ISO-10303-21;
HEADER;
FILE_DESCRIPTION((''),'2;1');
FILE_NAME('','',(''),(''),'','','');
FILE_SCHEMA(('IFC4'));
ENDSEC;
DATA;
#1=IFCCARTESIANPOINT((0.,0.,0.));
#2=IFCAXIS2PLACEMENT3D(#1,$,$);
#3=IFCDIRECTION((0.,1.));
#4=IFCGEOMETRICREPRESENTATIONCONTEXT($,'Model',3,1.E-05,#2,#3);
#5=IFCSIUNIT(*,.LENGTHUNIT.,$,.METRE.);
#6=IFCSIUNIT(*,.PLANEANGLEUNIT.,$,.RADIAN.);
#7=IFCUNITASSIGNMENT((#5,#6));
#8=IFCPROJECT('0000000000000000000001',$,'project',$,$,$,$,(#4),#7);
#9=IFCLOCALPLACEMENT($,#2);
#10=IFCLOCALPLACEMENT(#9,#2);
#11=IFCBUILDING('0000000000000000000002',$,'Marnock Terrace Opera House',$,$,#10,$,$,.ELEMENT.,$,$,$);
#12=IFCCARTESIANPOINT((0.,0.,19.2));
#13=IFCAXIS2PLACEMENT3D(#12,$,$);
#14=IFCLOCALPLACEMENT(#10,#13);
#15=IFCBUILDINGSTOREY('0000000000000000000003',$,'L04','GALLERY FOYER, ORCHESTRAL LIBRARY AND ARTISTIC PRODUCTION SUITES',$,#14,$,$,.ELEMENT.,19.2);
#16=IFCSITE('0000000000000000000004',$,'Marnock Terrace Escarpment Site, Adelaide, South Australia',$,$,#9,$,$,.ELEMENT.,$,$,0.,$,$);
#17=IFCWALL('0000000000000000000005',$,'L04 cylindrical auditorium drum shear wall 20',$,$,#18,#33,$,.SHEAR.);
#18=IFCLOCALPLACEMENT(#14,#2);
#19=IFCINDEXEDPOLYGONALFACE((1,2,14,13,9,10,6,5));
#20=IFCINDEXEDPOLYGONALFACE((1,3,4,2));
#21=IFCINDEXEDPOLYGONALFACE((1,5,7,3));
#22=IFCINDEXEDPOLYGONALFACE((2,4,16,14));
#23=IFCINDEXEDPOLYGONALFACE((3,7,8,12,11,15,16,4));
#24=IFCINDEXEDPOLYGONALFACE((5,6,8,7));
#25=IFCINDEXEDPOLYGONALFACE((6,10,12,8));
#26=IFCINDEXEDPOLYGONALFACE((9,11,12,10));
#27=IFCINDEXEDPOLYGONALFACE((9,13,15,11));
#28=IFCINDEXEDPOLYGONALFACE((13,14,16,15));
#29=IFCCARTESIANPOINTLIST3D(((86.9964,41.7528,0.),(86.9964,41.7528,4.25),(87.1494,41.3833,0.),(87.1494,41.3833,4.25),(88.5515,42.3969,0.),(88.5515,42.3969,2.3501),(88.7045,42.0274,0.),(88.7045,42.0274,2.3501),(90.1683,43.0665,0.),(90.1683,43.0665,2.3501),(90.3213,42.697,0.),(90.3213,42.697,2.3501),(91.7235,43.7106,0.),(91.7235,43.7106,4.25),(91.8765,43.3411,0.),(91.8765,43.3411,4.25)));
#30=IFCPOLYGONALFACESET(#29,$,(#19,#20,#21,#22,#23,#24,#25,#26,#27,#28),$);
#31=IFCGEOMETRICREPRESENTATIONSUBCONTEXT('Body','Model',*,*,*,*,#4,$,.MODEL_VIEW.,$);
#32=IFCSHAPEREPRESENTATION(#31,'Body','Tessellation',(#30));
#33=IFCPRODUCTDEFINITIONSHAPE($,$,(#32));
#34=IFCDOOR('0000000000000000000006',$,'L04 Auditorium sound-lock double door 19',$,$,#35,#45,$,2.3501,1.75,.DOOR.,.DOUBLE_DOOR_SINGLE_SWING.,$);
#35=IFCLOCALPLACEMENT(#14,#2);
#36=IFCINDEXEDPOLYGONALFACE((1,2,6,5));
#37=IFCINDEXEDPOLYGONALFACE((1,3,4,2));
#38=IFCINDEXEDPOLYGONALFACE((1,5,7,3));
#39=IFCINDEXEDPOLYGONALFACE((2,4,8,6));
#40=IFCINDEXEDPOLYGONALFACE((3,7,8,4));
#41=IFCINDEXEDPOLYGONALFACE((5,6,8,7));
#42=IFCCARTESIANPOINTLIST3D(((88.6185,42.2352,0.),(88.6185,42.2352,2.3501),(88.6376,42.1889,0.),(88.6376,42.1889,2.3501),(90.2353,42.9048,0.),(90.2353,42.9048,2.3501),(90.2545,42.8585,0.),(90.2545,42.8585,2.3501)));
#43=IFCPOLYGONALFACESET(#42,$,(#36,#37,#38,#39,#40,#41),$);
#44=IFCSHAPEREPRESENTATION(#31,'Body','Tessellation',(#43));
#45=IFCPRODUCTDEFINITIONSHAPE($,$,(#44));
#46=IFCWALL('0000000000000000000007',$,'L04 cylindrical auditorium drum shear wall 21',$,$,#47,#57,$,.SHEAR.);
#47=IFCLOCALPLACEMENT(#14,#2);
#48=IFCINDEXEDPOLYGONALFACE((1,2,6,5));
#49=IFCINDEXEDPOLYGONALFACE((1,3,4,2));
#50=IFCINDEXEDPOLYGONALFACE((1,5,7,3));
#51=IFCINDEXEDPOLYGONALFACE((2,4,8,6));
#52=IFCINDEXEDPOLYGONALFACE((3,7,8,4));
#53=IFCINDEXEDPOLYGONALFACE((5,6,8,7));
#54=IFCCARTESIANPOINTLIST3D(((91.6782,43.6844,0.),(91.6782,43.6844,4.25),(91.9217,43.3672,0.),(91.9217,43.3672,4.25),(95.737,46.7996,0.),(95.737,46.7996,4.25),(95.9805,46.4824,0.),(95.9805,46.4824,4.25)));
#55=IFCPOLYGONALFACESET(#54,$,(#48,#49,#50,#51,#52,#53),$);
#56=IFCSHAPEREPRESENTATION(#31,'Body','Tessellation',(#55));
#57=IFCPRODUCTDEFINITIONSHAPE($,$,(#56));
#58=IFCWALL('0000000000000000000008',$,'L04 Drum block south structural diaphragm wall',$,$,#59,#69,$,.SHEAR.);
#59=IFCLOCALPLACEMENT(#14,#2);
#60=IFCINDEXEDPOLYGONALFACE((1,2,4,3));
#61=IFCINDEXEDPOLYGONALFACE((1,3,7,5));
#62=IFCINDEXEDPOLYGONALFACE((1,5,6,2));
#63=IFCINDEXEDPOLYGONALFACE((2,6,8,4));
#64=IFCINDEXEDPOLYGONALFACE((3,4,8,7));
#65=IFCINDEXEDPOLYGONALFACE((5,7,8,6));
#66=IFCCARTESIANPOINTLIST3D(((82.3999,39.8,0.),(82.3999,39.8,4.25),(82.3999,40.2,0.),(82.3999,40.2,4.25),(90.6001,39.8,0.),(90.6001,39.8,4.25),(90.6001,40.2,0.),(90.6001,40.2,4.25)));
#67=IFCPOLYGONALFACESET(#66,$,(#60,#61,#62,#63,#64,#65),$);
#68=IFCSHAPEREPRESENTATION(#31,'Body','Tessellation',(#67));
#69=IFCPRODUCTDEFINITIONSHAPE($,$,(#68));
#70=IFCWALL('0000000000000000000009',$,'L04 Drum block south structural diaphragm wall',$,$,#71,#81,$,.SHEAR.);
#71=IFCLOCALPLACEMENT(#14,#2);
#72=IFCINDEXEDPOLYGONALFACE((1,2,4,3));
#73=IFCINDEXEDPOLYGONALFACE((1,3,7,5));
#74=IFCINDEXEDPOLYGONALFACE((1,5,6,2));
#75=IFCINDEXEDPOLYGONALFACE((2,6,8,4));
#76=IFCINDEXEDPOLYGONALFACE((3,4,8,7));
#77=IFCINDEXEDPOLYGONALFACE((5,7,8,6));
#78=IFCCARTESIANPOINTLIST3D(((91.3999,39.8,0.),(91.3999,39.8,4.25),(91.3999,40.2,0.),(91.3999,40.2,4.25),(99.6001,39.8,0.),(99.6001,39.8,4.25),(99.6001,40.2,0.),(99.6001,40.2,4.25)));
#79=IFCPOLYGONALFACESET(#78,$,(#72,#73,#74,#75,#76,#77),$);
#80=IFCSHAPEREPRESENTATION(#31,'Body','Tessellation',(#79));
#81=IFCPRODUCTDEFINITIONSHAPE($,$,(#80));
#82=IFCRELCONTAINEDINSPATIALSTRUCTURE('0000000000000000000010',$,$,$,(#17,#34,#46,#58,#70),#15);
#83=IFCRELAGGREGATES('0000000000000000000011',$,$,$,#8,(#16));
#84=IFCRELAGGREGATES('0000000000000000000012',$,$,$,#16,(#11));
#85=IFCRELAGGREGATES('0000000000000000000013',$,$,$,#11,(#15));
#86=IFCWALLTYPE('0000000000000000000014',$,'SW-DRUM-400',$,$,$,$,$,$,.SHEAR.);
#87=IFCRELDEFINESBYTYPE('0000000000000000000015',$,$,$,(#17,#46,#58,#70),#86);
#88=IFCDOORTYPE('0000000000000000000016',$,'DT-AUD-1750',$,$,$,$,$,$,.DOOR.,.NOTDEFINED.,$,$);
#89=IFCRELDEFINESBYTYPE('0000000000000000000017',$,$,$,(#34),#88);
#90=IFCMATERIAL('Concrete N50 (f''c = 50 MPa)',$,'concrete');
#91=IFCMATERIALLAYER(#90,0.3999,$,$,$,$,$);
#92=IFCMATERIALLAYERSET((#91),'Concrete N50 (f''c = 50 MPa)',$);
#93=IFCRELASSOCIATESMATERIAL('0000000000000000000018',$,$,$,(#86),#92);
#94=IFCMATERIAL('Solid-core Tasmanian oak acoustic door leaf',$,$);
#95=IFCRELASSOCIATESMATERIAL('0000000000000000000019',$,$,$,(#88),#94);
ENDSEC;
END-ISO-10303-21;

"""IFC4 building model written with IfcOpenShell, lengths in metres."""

from ifc_helpers import new_model, si_unit, direction, frame, frame_2d, origin, place, context, subcontext, project, spatial, rectangle, extrude, material, layer, layer_set, type_object, element, fill, save


model = new_model("IFC4")

# Units and contexts
model_context = context("Model", 3, precision=1e-05, world=origin(), true_north=direction((0.0, 1.0)))
body_context = subcontext(model_context, "Body", "Model", "MODEL_VIEW")
ifc_project = project(units=[si_unit("LENGTHUNIT", "METRE"), si_unit("PLANEANGLEUNIT", "RADIAN")], contexts=[model_context])

# Site, building, storey
site_placement = place(None, origin())
site = spatial("IfcSite", under=ifc_project, at=site_placement, Name="Marnock Terrace Escarpment Site, Adelaide, South Australia", CompositionType="ELEMENT", RefElevation=0.0)
building_placement = place(site_placement, origin())
building = spatial("IfcBuilding", under=site, at=building_placement, Name="Marnock Terrace Opera House", CompositionType="ELEMENT")
storey_placement = place(building_placement, frame((0.0, 0.0, 19.2)))
storey = spatial("IfcBuildingStorey", under=building, at=storey_placement, Name="L04", Description="GALLERY FOYER, ORCHESTRAL LIBRARY AND ARTISTIC PRODUCTION SUITES", CompositionType="ELEMENT", Elevation=19.2)

# Shared definitions
ifc_material_1 = material(Name="Concrete N50 (f'c = 50 MPa)", Category="concrete")

# Shared definitions
ifc_layer_1 = layer(ifc_material_1, 0.3999)
ifc_layer_set_1 = layer_set([ifc_layer_1], Name="Concrete N50 (f'c = 50 MPa)")
wall_type = type_object("IfcWallType", Name="SW-DRUM-400", PredefinedType="SHEAR", material=ifc_layer_set_1)

# Wall, opening, door
wall_1_placement = place(storey_placement, frame((87.073, 41.5681, 0.0), z_axis=(0.0, 0.0, 1.0), x_axis=(0.923896, 0.382643, 0.0)))
wall_1 = element("IfcWall", 1, at=wall_1_placement, inside=storey, type_object=wall_type, Name="L04 cylindrical auditorium drum shear wall 20", PredefinedType="SHEAR", context=body_context, shape_type="SweptSolid", body=[
    extrude(rectangle(XDim=5.1165, YDim=0.3999, at=frame_2d((2.5581, 0.0))), origin(), (0.0, 0.0, 1.0), 4.25),
])
opening_placement = place(wall_1_placement, frame((1.6831, 0.0, 0.0)))
opening = element("IfcOpeningElement", 2, at=opening_placement, cuts=wall_1, PredefinedType="OPENING", context=body_context, shape_type="SweptSolid", body=[
    extrude(rectangle(XDim=1.75, YDim=2.3501, at=frame_2d((0.875, 1.175))), frame((0.0, 0.21, 0.0), z_axis=(0.0, -1.0, 0.0), x_axis=(1.0, 0.0, 0.0)), (0.0, 0.0, 1.0), 0.4199),
])
ifc_material_2 = material(Name="Solid-core Tasmanian oak acoustic door leaf")
door_type = type_object("IfcDoorType", Name="DT-AUD-1750", OperationType="NOTDEFINED", PredefinedType="DOOR", material=ifc_material_2)
door_placement = place(opening_placement, origin())
door = element("IfcDoor", 3, at=door_placement, inside=storey, type_object=door_type, Name="L04 Auditorium sound-lock double door 19", OperationType="DOUBLE_DOOR_SINGLE_SWING", OverallHeight=2.3501, OverallWidth=1.75, PredefinedType="DOOR", context=body_context, shape_type="SweptSolid", body=[
    extrude(rectangle(XDim=1.75, YDim=2.3501, at=frame_2d((0.875, 1.175))), frame((0.0, 0.0249, 0.0), z_axis=(0.0, -1.0, 0.0), x_axis=(1.0, 0.0, 0.0)), (0.0, 0.0, 1.0), 0.05),
])
fill(opening, door)

# Walls
wall_2_placement = place(storey_placement, frame((91.8, 43.5259, 0.0), z_axis=(0.0, 0.0, 1.0), x_axis=(0.79328, 0.608857, 0.0)))
element("IfcWall", 4, at=wall_2_placement, inside=storey, type_object=wall_type, Name="L04 cylindrical auditorium drum shear wall 21", PredefinedType="SHEAR", context=body_context, shape_type="SweptSolid", body=[
    extrude(rectangle(XDim=5.1165, YDim=0.3999, at=frame_2d((2.5581, 0.0))), origin(), (0.0, 0.0, 1.0), 4.25),
])
for number, where, z_axis, x_axis, name in (
    (5, (82.3999, 40.0, 0.0), (0.0, 0.0, 1.0), (1.0, 0.0, 0.0), "L04 Drum block south structural diaphragm wall"),
    (6, (91.3999, 40.0, 0.0), (0.0, 0.0, 1.0), (1.0, 0.0, 0.0), "L04 Drum block south structural diaphragm wall"),
):
    element("IfcWall", number, at=place(storey_placement, frame(where, z_axis=z_axis, x_axis=x_axis)), inside=storey, type_object=wall_type, Name=name, PredefinedType="SHEAR", context=body_context, shape_type="SweptSolid", body=[
        extrude(rectangle(XDim=8.2002, YDim=0.3999, at=frame_2d((4.1001, 0.0))), origin(), (0.0, 0.0, 1.0), 4.25),
    ])

save(model, "model.ifc")
